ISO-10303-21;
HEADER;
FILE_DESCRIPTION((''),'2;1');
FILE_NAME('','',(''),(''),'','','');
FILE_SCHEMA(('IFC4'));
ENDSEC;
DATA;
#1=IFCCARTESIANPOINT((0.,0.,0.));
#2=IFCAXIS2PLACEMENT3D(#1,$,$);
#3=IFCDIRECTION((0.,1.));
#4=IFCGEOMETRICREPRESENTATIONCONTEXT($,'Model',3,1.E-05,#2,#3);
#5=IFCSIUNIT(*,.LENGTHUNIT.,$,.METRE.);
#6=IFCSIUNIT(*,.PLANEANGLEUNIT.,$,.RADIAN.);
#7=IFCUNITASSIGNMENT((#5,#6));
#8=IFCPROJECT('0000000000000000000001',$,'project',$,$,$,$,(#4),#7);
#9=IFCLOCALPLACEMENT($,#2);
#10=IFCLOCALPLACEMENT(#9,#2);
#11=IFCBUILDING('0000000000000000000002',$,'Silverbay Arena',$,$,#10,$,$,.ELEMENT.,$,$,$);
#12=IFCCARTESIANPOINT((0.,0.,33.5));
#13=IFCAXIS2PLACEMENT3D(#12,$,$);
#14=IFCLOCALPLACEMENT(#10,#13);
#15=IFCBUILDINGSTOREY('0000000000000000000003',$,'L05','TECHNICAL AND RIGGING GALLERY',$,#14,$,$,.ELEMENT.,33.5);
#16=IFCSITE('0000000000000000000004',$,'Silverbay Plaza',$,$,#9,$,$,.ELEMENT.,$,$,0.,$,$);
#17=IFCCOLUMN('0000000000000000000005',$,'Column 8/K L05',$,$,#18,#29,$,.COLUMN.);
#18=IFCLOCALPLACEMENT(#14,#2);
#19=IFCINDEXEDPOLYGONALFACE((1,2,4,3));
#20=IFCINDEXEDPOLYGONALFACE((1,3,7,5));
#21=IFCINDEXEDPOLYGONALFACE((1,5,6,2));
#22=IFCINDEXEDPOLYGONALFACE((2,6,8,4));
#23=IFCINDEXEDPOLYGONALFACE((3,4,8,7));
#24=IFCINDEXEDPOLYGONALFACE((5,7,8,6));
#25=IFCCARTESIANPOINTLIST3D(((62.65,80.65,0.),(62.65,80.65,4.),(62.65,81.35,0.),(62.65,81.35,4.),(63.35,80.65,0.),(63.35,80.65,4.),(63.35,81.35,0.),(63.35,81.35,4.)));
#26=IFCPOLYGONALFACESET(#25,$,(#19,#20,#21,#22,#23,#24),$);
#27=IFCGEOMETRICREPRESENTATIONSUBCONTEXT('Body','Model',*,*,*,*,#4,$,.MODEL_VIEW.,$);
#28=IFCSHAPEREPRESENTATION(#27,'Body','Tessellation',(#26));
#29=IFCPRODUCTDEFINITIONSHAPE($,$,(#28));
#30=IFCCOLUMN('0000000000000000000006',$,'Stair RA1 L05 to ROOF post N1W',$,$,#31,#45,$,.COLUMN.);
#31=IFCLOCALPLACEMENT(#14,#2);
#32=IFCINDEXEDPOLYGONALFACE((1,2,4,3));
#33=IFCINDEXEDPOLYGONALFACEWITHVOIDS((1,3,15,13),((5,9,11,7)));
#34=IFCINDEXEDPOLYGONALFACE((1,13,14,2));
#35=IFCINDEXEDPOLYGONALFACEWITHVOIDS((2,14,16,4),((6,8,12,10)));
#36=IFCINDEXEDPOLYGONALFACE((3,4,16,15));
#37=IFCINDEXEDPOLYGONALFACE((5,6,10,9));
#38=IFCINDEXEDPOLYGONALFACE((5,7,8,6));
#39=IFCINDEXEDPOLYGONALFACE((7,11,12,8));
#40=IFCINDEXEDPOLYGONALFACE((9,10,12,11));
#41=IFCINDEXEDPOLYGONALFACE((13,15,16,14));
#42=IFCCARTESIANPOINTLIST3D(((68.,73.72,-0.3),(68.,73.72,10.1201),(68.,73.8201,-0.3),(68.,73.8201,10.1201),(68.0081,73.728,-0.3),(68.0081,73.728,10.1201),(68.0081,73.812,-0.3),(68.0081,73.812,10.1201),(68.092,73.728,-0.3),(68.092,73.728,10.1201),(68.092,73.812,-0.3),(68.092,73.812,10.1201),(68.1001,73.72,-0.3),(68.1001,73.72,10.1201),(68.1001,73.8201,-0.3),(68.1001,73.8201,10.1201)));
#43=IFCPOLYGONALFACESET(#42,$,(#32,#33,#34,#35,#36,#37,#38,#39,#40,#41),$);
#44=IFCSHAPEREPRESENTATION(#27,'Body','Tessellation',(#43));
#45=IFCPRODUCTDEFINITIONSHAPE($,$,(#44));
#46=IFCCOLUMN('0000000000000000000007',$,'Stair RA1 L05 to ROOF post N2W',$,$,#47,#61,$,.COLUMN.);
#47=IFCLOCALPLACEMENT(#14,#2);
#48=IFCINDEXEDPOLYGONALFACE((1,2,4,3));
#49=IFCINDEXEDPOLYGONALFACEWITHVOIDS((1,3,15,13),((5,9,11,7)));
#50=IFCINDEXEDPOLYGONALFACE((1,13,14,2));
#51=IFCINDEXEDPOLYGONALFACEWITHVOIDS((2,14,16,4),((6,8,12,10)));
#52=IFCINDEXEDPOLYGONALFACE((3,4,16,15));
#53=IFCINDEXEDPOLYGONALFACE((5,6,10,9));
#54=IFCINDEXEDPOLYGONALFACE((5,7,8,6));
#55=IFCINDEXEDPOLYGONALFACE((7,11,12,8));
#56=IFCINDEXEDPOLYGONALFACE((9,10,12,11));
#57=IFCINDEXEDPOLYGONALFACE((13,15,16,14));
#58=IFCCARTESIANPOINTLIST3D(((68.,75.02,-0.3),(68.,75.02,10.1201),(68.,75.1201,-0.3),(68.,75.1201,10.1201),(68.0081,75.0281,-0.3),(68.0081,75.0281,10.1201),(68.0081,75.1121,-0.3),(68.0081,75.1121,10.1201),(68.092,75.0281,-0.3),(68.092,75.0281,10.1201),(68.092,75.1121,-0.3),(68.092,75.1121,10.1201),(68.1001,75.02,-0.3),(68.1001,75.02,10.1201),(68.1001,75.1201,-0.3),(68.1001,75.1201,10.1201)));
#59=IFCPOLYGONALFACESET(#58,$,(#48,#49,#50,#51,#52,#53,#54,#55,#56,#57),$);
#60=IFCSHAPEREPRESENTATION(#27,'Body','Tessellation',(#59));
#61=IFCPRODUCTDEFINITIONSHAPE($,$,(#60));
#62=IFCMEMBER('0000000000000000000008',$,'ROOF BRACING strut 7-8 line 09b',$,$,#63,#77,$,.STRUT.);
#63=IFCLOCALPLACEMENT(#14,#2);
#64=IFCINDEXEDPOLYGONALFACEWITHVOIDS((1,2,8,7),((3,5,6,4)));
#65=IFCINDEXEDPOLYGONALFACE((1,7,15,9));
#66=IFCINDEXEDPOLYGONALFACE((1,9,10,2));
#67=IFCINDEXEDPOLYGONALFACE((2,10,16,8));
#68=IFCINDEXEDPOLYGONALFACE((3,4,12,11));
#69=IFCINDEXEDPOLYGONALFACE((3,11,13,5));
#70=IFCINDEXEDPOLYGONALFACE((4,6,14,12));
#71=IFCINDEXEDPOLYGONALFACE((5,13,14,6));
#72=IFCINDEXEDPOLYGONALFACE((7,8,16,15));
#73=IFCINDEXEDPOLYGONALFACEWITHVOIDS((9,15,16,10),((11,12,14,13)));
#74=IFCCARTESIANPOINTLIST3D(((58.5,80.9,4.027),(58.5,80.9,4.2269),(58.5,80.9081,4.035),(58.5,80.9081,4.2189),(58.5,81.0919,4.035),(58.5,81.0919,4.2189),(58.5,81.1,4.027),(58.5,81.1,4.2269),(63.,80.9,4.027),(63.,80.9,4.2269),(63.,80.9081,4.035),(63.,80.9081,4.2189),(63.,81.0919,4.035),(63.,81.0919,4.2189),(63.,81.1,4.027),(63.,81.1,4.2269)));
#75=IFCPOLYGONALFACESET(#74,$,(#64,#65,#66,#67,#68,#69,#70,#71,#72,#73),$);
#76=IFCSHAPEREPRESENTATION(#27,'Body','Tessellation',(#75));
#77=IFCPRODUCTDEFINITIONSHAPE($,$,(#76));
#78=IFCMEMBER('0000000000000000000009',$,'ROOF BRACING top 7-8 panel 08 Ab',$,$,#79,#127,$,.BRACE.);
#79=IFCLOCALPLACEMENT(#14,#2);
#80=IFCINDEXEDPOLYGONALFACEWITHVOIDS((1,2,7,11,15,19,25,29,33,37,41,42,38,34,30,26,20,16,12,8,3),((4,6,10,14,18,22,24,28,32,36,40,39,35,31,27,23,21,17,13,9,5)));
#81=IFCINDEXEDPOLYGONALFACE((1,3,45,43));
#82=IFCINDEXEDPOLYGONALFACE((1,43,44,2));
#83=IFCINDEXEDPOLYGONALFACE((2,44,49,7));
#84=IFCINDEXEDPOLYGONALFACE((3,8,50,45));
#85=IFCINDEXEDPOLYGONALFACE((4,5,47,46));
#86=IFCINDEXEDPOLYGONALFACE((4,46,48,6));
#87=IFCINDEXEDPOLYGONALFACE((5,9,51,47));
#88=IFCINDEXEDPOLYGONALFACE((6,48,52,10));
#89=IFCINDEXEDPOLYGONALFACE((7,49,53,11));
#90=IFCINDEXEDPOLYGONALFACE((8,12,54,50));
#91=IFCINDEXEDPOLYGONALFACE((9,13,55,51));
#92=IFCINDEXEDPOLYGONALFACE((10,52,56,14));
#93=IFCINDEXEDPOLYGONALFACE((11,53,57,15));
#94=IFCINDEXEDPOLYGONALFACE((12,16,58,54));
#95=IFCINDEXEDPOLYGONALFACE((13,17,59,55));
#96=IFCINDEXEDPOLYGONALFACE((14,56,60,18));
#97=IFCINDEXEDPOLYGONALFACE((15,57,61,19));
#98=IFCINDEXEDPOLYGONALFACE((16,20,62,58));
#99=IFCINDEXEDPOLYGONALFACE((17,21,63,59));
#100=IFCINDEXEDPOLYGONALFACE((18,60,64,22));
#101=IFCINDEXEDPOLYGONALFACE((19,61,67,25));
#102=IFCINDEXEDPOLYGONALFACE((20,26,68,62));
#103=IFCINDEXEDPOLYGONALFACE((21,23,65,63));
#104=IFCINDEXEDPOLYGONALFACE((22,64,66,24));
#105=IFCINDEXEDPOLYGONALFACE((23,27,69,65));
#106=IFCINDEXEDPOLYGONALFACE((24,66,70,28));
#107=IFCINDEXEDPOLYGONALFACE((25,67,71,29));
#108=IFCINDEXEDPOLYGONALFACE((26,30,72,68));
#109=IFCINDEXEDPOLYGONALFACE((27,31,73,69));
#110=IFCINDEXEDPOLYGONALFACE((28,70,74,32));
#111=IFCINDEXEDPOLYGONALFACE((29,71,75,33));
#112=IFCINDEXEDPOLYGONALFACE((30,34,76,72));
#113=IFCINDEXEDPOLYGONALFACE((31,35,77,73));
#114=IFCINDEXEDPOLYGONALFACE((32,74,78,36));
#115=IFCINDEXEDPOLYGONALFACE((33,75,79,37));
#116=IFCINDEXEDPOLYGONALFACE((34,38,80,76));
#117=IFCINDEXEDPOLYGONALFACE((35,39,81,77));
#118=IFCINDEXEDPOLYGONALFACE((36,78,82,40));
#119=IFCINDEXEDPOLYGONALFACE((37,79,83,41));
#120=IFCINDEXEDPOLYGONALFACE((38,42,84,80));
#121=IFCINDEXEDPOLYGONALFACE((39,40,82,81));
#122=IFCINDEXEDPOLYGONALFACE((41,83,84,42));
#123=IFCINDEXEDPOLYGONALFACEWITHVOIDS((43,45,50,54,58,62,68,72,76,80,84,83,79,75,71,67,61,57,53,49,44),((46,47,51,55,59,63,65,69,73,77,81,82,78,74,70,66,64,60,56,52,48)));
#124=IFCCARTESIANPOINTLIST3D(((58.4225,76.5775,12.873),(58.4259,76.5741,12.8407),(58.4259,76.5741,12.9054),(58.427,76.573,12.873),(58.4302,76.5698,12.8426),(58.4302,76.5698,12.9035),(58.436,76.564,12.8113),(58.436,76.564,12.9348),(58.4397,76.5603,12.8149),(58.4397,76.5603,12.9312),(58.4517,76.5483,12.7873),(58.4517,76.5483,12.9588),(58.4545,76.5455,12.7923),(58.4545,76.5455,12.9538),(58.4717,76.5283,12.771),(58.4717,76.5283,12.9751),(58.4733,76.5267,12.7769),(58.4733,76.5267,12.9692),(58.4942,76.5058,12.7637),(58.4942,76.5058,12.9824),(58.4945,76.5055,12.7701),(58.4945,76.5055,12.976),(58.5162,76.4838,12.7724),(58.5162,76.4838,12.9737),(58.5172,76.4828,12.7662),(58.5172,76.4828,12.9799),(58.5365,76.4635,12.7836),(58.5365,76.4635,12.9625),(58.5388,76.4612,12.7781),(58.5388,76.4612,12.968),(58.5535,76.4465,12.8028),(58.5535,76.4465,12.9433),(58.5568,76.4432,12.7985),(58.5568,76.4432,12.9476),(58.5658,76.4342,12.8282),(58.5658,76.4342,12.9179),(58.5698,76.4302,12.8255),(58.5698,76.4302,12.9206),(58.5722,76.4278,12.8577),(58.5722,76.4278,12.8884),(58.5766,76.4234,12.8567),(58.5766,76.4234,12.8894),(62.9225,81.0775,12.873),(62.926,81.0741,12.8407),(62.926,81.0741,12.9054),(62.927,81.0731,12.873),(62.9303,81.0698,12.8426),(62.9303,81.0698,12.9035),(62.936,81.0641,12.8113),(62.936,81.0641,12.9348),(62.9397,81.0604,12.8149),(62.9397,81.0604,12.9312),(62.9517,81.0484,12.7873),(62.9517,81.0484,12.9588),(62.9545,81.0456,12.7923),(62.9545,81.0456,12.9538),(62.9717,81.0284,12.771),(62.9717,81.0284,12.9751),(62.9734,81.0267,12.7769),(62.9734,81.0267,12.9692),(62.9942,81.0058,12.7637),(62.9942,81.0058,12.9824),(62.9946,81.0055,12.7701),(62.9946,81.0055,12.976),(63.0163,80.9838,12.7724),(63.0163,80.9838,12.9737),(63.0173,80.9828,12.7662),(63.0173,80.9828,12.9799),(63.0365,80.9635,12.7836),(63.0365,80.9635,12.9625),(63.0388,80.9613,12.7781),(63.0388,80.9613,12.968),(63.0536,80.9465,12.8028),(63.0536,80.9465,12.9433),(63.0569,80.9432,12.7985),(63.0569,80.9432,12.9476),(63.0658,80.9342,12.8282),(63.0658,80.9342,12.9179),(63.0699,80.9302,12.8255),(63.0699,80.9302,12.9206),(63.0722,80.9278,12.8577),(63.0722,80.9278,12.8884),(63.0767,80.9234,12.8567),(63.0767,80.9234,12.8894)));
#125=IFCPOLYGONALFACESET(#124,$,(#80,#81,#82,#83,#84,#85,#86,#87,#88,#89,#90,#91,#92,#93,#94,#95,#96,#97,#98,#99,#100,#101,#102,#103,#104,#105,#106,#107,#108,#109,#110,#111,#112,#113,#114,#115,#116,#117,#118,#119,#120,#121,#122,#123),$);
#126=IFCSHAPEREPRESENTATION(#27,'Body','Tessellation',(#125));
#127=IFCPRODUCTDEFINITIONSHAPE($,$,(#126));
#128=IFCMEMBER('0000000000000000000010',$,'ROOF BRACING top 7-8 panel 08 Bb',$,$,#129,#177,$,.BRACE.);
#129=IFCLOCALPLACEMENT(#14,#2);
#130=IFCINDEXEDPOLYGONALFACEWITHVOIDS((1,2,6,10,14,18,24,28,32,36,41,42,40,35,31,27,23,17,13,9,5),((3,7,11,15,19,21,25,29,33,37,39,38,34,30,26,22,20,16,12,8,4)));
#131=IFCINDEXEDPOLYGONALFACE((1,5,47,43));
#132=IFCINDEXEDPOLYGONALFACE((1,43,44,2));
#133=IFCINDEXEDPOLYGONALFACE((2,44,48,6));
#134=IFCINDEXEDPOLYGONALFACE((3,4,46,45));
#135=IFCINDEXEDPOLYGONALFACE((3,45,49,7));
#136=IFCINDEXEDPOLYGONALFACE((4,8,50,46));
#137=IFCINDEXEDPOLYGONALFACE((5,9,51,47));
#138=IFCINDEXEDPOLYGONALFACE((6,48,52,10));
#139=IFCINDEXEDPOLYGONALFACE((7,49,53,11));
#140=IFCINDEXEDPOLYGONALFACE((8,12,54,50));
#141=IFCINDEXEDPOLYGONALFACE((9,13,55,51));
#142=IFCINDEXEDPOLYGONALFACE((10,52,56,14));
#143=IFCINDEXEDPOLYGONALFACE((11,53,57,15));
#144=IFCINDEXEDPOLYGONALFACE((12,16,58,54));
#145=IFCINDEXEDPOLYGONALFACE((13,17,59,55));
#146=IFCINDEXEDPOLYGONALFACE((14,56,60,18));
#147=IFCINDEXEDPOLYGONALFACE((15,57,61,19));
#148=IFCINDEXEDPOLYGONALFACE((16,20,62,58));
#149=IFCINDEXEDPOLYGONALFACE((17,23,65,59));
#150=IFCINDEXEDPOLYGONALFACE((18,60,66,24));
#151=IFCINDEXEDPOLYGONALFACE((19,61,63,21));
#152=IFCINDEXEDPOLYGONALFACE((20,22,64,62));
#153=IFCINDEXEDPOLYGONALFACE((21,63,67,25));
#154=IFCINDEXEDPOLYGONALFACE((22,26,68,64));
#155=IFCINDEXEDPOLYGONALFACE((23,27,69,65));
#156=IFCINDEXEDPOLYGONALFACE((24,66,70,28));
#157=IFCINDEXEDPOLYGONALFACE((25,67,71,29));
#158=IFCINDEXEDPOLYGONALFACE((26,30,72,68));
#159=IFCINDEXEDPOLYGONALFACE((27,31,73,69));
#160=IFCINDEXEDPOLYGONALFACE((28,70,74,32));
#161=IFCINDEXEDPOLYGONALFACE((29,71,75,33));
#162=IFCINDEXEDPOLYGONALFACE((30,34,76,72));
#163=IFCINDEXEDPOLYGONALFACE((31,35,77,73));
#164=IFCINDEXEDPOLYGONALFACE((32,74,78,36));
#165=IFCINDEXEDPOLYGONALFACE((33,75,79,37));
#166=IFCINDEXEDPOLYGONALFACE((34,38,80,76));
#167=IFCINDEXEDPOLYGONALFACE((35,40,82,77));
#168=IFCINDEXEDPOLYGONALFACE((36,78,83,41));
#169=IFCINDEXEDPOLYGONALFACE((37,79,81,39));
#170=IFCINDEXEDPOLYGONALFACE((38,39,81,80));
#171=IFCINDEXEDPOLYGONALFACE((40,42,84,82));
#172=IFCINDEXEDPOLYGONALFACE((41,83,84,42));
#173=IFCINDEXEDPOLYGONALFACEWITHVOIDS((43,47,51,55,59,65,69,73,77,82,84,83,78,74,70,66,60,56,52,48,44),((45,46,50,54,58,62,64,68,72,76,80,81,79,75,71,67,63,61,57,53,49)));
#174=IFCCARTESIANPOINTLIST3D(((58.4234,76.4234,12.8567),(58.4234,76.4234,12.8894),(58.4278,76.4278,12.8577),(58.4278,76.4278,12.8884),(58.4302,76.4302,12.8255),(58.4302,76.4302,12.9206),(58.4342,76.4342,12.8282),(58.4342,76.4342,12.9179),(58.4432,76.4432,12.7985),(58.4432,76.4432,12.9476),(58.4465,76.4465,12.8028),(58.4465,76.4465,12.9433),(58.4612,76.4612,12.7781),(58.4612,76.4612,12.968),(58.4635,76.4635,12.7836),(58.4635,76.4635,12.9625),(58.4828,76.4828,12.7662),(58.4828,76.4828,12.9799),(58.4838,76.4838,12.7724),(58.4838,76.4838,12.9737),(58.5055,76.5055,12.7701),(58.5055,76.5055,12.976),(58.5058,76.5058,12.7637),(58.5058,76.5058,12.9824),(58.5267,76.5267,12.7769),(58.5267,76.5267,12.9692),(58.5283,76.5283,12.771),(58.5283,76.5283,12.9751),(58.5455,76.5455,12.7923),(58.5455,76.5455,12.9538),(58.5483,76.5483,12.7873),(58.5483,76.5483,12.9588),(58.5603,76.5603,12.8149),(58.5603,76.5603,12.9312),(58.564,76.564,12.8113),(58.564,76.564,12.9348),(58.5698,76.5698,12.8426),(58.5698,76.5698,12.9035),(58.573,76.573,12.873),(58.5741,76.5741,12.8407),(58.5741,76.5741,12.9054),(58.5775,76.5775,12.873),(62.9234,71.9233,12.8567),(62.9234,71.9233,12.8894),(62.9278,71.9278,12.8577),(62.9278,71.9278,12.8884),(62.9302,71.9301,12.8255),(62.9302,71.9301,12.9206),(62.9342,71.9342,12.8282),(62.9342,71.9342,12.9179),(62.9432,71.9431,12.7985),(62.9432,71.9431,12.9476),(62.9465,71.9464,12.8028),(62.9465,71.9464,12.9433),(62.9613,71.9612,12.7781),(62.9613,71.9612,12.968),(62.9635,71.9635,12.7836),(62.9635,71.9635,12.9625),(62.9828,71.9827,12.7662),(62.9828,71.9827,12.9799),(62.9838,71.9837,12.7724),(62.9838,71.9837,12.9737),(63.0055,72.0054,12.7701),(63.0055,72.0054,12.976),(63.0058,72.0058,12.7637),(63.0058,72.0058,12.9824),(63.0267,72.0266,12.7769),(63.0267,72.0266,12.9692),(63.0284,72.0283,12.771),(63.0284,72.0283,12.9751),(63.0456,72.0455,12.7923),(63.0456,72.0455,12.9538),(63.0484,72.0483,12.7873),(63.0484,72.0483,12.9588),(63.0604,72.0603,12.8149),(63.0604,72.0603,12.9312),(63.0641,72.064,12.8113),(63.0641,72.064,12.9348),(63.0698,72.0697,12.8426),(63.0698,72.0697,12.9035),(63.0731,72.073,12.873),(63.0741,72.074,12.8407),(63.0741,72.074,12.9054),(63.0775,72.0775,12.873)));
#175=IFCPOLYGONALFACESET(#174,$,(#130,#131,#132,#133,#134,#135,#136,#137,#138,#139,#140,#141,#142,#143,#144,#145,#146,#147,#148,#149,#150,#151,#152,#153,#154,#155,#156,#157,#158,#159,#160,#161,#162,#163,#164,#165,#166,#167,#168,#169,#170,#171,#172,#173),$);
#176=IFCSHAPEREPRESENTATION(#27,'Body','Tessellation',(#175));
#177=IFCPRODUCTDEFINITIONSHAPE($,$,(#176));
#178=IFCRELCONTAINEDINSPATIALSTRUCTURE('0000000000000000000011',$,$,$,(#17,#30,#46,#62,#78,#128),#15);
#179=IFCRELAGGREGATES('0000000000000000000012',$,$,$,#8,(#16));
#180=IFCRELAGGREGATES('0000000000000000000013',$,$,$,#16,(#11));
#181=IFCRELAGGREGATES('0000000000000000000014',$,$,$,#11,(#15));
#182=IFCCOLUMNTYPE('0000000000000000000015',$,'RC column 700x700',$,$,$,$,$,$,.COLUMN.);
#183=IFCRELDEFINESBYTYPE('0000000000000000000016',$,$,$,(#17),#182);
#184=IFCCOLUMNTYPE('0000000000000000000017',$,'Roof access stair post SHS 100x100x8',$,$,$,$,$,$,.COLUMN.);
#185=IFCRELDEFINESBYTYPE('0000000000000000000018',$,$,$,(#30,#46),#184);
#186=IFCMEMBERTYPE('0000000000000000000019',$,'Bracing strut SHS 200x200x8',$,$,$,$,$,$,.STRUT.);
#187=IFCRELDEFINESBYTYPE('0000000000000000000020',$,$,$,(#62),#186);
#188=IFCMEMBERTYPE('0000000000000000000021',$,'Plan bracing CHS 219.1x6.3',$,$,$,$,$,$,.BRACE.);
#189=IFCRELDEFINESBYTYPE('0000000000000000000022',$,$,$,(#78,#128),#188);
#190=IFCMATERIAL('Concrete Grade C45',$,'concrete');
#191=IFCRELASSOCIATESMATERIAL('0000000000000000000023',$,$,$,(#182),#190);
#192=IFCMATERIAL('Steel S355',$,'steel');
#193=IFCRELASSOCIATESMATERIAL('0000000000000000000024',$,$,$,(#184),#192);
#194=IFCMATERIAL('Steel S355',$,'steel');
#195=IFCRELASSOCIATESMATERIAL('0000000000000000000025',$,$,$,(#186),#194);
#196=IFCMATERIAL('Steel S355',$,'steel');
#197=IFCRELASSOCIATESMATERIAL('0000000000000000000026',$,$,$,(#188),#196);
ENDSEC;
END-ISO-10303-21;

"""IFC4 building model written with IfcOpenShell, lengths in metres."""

from ifc_helpers import new_model, si_unit, direction, frame, origin, origin_2d, place, context, subcontext, project, spatial, rectangle, hollow_rectangle, hollow_circle, extrude, material, material_profile, profile_set, type_object, element, save


model = new_model("IFC4")

# Units and contexts
model_context = context("Model", 3, precision=1e-05, world=origin(), true_north=direction((0.0, 1.0)))
body_context = subcontext(model_context, "Body", "Model", "MODEL_VIEW")
ifc_project = project(units=[si_unit("LENGTHUNIT", "METRE"), si_unit("PLANEANGLEUNIT", "RADIAN")], contexts=[model_context])

# Site, building, storey
site_placement = place(None, origin())
site = spatial("IfcSite", under=ifc_project, at=site_placement, Name="Silverbay Plaza", CompositionType="ELEMENT", RefElevation=0.0)
building_placement = place(site_placement, origin())
building = spatial("IfcBuilding", under=site, at=building_placement, Name="Silverbay Arena", CompositionType="ELEMENT")
storey_placement = place(building_placement, frame((0.0, 0.0, 33.5)))
storey = spatial("IfcBuildingStorey", under=building, at=storey_placement, Name="L05", Description="TECHNICAL AND RIGGING GALLERY", CompositionType="ELEMENT", Elevation=33.5)

# Columns
ifc_material_1 = material(Name="Concrete Grade C45", Category="concrete")
ifc_material_profile_1 = material_profile(ifc_material_1, rectangle(XDim=0.7, YDim=0.7, at=origin_2d()), Name="RC 700x700")
ifc_profile_set_1 = profile_set([ifc_material_profile_1], Name="Concrete Grade C45")
column_type_1 = type_object("IfcColumnType", Name="RC column 700x700", PredefinedType="COLUMN", material=ifc_profile_set_1)
column_placement = place(storey_placement, frame((63.0, 81.0, 0.0), z_axis=(0.0, 0.0, 1.0), x_axis=(1.0, 0.0, 0.0)))
element("IfcColumn", 1, at=column_placement, inside=storey, type_object=column_type_1, Name="Column 8/K L05", PredefinedType="COLUMN", context=body_context, shape_type="SweptSolid", body=[
    extrude(rectangle(XDim=0.7, YDim=0.7, at=origin_2d()), origin(), (0.0, 0.0, 1.0), 4.0),
])
ifc_material_2 = material(Name="Steel S355", Category="steel")
ifc_material_profile_2 = material_profile(ifc_material_2, hollow_rectangle(XDim=0.1001, YDim=0.1001, WallThickness=0.0081, at=origin_2d()), Name="SHS 100x100x8")
ifc_profile_set_2 = profile_set([ifc_material_profile_2], Name="Steel S355")
column_type_2 = type_object("IfcColumnType", Name="Roof access stair post SHS 100x100x8", PredefinedType="COLUMN", material=ifc_profile_set_2)
for number, where, z_axis, x_axis, name in (
    (2, (68.05, 73.77, -0.3), (0.0, 0.0, 1.0), (1.0, 0.0, 0.0), "Stair RA1 L05 to ROOF post N1W"),
    (3, (68.05, 75.0701, -0.3), (0.0, 0.0, 1.0), (1.0, 0.0, 0.0), "Stair RA1 L05 to ROOF post N2W"),
):
    element("IfcColumn", number, at=place(storey_placement, frame(where, z_axis=z_axis, x_axis=x_axis)), inside=storey, type_object=column_type_2, Name=name, PredefinedType="COLUMN", context=body_context, shape_type="SweptSolid", body=[
        extrude(hollow_rectangle(XDim=0.1001, YDim=0.1001, WallThickness=0.0081, at=origin_2d()), origin(), (0.0, 0.0, 1.0), 10.4202),
    ])

# Members
ifc_material_3 = material(Name="Steel S355", Category="steel")
ifc_material_profile_3 = material_profile(ifc_material_3, hollow_rectangle(XDim=0.2, YDim=0.2, WallThickness=0.0081, at=origin_2d()), Name="SHS 200x200x8")
ifc_profile_set_3 = profile_set([ifc_material_profile_3], Name="Steel S355")
member_type_1 = type_object("IfcMemberType", Name="Bracing strut SHS 200x200x8", PredefinedType="STRUT", material=ifc_profile_set_3)
member_1_placement = place(storey_placement, frame((58.5, 81.0, 4.127), z_axis=(1.0, 0.0, 0.0), x_axis=(0.0, 1.0, 0.0)))
element("IfcMember", 4, at=member_1_placement, inside=storey, type_object=member_type_1, Name="ROOF BRACING strut 7-8 line 09b", PredefinedType="STRUT", context=body_context, shape_type="SweptSolid", body=[
    extrude(hollow_rectangle(XDim=0.2, YDim=0.2, WallThickness=0.0081, at=origin_2d()), origin(), (0.0, 0.0, 1.0), 4.5),
])
ifc_material_4 = material(Name="Steel S355", Category="steel")
ifc_material_profile_4 = material_profile(ifc_material_4, hollow_circle(Radius=0.1096, WallThickness=0.0063, at=origin_2d()), Name="CHS 219.1x6.3")
ifc_profile_set_4 = profile_set([ifc_material_profile_4], Name="Steel S355")
member_type_2 = type_object("IfcMemberType", Name="Plan bracing CHS 219.1x6.3", PredefinedType="BRACE", material=ifc_profile_set_4)
for number, where, z_axis, x_axis, name in (
    (5, (58.5, 76.5, 12.873), (0.707107, 0.707107, 0.0), (-0.707107, 0.707107, 0.0), "ROOF BRACING top 7-8 panel 08 Ab"),
    (6, (58.5, 76.5, 12.873), (0.707107, -0.707107, 0.0), (0.707107, 0.707107, 0.0), "ROOF BRACING top 7-8 panel 08 Bb"),
):
    element("IfcMember", number, at=place(storey_placement, frame(where, z_axis=z_axis, x_axis=x_axis)), inside=storey, type_object=member_type_2, Name=name, PredefinedType="BRACE", context=body_context, shape_type="SweptSolid", body=[
        extrude(hollow_circle(Radius=0.1096, WallThickness=0.0063, at=origin_2d()), origin(), (0.0, 0.0, 1.0), 6.364),
    ])

save(model, "model.ifc")
